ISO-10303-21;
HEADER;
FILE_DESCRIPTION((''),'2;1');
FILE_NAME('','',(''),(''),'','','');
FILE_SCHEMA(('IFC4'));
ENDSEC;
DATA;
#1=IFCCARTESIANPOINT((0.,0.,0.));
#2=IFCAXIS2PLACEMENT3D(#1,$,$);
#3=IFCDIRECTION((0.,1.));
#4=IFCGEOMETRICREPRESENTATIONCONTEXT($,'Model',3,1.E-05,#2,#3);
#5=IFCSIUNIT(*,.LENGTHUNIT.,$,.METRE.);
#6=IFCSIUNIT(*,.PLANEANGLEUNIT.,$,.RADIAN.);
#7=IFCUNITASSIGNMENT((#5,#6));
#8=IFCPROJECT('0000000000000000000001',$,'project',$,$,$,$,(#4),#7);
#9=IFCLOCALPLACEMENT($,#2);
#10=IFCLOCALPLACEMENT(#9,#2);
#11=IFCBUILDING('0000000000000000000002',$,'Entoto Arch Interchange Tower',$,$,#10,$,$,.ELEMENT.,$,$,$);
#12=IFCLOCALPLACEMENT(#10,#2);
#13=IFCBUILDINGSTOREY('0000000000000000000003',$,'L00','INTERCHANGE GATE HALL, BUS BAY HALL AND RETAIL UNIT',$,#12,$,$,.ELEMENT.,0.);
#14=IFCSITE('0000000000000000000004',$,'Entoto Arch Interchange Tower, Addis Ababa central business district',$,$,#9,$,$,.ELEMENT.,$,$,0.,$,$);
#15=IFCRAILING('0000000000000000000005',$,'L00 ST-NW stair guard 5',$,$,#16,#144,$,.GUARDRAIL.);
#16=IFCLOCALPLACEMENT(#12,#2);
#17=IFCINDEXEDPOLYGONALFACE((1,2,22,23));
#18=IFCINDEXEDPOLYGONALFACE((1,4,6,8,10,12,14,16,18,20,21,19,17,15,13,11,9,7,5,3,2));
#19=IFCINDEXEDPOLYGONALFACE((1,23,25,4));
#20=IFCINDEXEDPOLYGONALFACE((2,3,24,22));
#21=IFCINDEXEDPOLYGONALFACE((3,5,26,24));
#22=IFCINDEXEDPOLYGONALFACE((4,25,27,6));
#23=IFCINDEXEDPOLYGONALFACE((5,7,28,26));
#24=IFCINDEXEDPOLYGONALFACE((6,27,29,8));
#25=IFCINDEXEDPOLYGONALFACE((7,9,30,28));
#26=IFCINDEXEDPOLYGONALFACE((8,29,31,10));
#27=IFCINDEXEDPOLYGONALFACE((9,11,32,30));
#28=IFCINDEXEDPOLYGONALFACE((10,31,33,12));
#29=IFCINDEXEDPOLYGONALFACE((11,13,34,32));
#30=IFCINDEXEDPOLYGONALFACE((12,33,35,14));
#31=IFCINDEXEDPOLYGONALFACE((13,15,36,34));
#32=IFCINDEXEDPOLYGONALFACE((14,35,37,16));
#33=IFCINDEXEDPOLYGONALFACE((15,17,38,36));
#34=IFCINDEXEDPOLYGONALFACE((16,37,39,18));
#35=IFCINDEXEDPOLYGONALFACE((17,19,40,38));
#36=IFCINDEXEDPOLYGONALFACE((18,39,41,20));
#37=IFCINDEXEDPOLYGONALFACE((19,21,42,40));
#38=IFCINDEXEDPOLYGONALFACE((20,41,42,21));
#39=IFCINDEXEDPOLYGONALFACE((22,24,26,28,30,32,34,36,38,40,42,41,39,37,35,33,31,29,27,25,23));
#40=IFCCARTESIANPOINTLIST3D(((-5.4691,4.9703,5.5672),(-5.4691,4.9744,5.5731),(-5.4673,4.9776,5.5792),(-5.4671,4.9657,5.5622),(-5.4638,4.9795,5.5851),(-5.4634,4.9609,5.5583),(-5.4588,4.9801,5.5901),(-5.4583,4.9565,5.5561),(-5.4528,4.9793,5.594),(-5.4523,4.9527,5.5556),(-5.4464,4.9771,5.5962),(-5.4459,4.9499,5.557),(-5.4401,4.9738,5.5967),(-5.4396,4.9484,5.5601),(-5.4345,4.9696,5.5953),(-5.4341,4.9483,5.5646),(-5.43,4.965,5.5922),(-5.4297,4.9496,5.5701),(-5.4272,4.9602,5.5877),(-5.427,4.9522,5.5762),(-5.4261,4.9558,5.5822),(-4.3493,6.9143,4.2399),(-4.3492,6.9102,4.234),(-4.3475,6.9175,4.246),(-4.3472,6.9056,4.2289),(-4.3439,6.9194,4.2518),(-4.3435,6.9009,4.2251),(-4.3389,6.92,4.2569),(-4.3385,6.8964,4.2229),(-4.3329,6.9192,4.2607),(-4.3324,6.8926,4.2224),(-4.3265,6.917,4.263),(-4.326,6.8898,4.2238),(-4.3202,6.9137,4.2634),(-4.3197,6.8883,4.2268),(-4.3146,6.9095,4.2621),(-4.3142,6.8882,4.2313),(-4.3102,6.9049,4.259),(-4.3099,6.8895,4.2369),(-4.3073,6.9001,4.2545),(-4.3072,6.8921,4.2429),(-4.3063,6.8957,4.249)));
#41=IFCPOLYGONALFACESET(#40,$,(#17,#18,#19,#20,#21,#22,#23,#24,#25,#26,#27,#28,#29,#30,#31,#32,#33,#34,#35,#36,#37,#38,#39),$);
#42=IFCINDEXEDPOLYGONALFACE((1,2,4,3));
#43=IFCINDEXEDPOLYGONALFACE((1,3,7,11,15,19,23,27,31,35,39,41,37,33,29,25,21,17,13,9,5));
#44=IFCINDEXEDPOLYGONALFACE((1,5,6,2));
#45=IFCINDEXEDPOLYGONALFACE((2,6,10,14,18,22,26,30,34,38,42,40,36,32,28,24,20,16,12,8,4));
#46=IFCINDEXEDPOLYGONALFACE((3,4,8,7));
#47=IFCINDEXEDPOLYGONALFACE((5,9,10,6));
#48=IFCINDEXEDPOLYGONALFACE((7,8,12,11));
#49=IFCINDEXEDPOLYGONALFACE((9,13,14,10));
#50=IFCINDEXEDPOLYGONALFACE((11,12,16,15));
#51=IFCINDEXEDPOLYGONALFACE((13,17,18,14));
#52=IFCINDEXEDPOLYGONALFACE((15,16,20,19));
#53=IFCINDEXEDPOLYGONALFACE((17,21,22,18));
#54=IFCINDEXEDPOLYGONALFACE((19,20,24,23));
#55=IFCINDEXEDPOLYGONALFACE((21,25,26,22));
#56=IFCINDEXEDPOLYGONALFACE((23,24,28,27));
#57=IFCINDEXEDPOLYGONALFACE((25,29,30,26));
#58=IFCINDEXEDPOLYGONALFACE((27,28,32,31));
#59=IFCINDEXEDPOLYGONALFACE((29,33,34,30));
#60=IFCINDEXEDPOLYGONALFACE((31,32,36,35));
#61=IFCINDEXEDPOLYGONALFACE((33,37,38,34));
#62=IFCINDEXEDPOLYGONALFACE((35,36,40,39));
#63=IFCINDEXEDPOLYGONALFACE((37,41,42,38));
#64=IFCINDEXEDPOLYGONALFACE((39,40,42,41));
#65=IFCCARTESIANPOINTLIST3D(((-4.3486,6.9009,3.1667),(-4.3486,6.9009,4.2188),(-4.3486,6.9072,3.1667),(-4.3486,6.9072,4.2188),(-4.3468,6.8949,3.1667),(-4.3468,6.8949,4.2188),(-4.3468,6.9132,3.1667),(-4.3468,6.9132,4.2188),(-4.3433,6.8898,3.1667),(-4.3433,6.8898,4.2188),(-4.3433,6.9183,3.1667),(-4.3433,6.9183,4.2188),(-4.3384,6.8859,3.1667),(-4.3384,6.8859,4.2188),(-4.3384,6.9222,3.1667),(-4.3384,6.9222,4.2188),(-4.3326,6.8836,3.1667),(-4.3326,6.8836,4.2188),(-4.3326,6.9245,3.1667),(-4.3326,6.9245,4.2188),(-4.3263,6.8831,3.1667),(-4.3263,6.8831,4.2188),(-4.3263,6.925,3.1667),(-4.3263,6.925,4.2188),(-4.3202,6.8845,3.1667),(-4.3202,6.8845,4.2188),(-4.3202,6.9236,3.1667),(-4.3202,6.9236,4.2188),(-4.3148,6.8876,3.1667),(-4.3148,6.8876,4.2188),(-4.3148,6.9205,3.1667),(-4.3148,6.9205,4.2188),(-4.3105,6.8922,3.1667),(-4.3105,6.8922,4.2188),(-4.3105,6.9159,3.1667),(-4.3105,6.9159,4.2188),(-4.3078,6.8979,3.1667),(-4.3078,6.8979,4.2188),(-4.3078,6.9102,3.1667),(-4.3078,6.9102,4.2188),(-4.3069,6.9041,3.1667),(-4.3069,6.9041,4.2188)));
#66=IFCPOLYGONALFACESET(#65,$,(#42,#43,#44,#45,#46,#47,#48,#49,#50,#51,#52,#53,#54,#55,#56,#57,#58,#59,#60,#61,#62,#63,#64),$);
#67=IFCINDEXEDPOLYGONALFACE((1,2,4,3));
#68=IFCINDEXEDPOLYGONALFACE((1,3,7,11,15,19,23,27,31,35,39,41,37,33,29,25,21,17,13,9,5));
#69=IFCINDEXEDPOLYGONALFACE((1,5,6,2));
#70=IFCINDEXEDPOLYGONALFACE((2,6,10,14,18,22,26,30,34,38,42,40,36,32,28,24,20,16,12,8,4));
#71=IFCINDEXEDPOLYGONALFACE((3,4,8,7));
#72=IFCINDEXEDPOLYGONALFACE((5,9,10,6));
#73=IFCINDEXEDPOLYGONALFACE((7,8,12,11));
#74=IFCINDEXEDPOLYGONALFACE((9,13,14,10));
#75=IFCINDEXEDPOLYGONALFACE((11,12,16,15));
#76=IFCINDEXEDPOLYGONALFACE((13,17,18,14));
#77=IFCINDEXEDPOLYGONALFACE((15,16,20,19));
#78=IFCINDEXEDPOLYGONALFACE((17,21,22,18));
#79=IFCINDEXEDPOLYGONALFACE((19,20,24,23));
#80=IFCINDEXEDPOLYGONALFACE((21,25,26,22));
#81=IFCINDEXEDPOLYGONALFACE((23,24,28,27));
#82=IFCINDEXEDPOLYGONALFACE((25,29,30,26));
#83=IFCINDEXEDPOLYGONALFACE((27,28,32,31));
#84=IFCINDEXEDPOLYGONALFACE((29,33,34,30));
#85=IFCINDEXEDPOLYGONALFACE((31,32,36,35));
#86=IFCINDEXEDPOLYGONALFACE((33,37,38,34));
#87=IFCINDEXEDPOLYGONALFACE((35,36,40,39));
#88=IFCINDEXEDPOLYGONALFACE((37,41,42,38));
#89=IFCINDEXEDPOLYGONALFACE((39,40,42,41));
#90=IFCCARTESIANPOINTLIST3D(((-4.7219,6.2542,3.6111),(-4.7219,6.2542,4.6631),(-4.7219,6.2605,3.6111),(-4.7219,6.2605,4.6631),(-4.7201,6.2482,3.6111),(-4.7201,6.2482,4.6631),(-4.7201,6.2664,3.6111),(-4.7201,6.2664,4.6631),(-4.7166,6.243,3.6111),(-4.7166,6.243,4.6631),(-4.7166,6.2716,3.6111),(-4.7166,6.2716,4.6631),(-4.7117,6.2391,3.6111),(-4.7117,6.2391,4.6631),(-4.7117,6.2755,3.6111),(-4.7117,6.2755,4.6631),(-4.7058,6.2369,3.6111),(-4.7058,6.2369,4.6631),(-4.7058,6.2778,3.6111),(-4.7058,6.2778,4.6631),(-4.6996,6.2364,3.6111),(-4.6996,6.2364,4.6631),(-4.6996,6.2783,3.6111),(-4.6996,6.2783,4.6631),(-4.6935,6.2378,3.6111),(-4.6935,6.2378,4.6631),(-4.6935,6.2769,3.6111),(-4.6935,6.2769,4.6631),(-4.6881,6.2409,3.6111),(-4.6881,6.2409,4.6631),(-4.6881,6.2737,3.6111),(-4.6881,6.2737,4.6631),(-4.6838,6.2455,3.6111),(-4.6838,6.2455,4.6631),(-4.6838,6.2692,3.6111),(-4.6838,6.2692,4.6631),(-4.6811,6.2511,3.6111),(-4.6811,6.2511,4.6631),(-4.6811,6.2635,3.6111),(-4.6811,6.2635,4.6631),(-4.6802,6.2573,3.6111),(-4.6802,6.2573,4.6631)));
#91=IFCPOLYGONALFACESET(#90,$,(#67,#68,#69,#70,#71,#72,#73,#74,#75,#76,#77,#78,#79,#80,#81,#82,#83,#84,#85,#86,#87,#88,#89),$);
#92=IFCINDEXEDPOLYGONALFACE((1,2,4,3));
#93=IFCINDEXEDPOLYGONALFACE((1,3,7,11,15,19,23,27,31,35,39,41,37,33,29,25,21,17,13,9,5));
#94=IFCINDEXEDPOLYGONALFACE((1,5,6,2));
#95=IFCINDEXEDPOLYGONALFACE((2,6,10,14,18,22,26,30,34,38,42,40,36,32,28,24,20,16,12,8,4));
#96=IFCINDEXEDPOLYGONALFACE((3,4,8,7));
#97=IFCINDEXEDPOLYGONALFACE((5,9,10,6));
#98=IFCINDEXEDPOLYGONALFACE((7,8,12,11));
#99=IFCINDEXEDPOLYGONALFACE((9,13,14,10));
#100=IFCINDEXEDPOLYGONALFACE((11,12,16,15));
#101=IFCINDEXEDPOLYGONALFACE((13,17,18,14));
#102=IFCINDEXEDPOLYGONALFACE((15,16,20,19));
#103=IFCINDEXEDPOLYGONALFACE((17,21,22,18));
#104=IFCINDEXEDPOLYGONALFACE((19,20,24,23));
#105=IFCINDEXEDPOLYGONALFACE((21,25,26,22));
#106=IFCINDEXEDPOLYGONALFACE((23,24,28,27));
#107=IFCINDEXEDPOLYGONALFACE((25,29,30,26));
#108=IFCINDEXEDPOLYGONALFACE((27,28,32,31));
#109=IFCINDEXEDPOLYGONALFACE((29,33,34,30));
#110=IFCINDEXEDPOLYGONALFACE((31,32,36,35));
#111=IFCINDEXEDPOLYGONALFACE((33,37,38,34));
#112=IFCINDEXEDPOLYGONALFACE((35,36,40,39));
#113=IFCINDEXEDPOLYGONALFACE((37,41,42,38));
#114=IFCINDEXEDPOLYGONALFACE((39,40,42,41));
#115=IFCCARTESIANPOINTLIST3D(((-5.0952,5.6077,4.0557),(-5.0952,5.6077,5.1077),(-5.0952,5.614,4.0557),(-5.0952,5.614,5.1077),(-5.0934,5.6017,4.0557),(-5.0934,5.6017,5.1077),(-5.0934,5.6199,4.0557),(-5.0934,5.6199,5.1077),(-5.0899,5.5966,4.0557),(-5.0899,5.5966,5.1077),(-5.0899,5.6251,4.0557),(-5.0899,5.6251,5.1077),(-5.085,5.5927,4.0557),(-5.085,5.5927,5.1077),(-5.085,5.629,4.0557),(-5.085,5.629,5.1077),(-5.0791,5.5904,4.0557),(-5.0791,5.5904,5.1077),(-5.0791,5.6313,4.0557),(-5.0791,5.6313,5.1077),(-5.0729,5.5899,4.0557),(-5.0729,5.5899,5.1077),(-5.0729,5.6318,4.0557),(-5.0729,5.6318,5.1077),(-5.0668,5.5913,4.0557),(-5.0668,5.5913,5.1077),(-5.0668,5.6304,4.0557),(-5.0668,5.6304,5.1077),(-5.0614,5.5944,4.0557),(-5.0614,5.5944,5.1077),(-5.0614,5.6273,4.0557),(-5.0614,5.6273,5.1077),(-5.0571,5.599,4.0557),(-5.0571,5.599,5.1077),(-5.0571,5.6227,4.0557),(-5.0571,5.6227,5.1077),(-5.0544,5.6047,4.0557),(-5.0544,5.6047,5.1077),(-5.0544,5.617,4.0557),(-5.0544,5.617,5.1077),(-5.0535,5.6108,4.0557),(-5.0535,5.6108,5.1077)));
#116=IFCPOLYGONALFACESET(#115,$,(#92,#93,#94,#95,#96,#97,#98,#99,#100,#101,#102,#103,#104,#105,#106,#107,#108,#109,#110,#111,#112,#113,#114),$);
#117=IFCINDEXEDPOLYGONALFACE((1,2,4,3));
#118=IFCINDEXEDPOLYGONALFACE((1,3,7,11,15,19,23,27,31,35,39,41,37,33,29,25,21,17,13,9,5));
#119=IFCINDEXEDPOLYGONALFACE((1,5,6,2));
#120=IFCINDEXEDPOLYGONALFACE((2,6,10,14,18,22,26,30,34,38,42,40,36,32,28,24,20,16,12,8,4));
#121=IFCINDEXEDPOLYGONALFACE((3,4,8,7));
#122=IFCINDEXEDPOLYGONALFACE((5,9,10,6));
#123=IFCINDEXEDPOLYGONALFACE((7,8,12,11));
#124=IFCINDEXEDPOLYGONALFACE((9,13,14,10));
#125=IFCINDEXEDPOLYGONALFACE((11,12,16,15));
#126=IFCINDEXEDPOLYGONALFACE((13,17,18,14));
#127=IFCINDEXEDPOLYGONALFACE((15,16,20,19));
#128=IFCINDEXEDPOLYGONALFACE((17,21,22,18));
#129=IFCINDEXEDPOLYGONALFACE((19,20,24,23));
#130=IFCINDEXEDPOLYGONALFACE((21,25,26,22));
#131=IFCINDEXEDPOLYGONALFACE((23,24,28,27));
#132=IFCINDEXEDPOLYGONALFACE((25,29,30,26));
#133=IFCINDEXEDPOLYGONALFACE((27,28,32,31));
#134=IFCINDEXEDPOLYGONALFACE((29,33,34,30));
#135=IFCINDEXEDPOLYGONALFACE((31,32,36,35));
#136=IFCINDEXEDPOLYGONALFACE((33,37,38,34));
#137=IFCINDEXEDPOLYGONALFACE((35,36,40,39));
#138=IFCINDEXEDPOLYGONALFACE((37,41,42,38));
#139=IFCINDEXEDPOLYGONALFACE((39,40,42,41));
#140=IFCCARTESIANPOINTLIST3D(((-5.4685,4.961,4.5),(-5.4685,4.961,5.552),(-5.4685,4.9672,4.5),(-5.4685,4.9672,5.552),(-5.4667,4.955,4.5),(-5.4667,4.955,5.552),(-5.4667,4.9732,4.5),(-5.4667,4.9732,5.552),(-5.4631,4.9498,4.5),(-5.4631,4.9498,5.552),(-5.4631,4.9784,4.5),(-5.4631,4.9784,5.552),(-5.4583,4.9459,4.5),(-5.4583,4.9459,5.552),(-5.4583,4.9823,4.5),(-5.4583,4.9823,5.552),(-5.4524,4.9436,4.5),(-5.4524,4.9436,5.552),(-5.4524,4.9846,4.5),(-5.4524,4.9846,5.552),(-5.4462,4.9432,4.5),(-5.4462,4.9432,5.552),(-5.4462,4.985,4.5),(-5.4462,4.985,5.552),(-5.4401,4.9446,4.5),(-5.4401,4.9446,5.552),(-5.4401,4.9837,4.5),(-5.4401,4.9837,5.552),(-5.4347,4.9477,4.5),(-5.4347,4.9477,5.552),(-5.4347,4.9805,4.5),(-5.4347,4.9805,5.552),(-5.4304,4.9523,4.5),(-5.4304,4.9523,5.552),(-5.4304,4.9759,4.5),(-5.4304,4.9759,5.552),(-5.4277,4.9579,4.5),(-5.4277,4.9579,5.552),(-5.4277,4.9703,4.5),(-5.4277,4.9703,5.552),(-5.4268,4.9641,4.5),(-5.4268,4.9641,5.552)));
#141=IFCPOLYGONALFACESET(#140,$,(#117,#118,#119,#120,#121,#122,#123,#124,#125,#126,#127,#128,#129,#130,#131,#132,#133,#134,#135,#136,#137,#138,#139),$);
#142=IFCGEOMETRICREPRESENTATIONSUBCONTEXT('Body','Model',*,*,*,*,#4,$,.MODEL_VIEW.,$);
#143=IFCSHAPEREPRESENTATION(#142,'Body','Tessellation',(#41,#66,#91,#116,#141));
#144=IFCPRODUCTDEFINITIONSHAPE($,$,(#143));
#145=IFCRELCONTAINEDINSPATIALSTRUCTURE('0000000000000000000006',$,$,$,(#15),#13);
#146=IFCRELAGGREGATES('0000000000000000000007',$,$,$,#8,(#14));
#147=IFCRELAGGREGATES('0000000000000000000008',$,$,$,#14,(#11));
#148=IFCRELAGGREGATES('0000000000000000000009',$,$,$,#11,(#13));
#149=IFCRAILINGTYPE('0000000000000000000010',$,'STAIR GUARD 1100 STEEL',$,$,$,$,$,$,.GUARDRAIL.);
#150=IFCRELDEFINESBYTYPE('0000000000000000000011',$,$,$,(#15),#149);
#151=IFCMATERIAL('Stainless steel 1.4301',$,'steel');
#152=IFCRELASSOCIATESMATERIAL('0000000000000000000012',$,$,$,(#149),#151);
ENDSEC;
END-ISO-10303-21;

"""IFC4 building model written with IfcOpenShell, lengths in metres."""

from ifc_helpers import new_model, si_unit, direction, frame, origin, origin_2d, place, context, subcontext, project, spatial, circle, extrude, material, type_object, element, save


model = new_model("IFC4")

# Units and contexts
model_context = context("Model", 3, precision=1e-05, world=origin(), true_north=direction((0.0, 1.0)))
body_context = subcontext(model_context, "Body", "Model", "MODEL_VIEW")
ifc_project = project(units=[si_unit("LENGTHUNIT", "METRE"), si_unit("PLANEANGLEUNIT", "RADIAN")], contexts=[model_context])

# Site, building, storey
site_placement = place(None, origin())
site = spatial("IfcSite", under=ifc_project, at=site_placement, Name="Entoto Arch Interchange Tower, Addis Ababa central business district", CompositionType="ELEMENT", RefElevation=0.0)
building_placement = place(site_placement, origin())
building = spatial("IfcBuilding", under=site, at=building_placement, Name="Entoto Arch Interchange Tower", CompositionType="ELEMENT")
storey_placement = place(building_placement, origin())
storey = spatial("IfcBuildingStorey", under=building, at=storey_placement, Name="L00", Description="INTERCHANGE GATE HALL, BUS BAY HALL AND RETAIL UNIT", CompositionType="ELEMENT", Elevation=0.0)

# Railing
ifc_material_1 = material(Name="Stainless steel 1.4301", Category="steel")
railing_type_1 = type_object("IfcRailingType", Name="STAIR GUARD 1100 STEEL", PredefinedType="GUARDRAIL", material=ifc_material_1)
railing_1_placement = place(storey_placement, frame((-4.3279, 6.9041, 3.1667)))
element("IfcRailing", 1, at=railing_1_placement, inside=storey, type_object=railing_type_1, Name="L00 ST-NW stair guard 5", PredefinedType="GUARDRAIL", context=body_context, shape_type="SweptSolid", body=[
    extrude(circle(Radius=0.0239, at=origin_2d()), frame((0.0, 0.0, 1.0762), z_axis=(-0.429608, -0.744205, 0.511465), x_axis=(0.866055, -0.499949, 0.0)), (0.0, 0.0, 1.0), 2.6067),
    extrude(circle(Radius=0.021, at=origin_2d()), origin(), (0.0, 0.0, 1.0), 1.052),
    extrude(circle(Radius=0.021, at=origin_2d()), frame((-0.3733, -0.6467, 0.4443)), (0.0, 0.0, 1.0), 1.052),
    extrude(circle(Radius=0.021, at=origin_2d()), frame((-0.7466, -1.2932, 0.8889)), (0.0, 0.0, 1.0), 1.052),
    extrude(circle(Radius=0.021, at=origin_2d()), frame((-1.1199, -1.9399, 1.3333)), (0.0, 0.0, 1.0), 1.052),
])

save(model, "model.ifc")
